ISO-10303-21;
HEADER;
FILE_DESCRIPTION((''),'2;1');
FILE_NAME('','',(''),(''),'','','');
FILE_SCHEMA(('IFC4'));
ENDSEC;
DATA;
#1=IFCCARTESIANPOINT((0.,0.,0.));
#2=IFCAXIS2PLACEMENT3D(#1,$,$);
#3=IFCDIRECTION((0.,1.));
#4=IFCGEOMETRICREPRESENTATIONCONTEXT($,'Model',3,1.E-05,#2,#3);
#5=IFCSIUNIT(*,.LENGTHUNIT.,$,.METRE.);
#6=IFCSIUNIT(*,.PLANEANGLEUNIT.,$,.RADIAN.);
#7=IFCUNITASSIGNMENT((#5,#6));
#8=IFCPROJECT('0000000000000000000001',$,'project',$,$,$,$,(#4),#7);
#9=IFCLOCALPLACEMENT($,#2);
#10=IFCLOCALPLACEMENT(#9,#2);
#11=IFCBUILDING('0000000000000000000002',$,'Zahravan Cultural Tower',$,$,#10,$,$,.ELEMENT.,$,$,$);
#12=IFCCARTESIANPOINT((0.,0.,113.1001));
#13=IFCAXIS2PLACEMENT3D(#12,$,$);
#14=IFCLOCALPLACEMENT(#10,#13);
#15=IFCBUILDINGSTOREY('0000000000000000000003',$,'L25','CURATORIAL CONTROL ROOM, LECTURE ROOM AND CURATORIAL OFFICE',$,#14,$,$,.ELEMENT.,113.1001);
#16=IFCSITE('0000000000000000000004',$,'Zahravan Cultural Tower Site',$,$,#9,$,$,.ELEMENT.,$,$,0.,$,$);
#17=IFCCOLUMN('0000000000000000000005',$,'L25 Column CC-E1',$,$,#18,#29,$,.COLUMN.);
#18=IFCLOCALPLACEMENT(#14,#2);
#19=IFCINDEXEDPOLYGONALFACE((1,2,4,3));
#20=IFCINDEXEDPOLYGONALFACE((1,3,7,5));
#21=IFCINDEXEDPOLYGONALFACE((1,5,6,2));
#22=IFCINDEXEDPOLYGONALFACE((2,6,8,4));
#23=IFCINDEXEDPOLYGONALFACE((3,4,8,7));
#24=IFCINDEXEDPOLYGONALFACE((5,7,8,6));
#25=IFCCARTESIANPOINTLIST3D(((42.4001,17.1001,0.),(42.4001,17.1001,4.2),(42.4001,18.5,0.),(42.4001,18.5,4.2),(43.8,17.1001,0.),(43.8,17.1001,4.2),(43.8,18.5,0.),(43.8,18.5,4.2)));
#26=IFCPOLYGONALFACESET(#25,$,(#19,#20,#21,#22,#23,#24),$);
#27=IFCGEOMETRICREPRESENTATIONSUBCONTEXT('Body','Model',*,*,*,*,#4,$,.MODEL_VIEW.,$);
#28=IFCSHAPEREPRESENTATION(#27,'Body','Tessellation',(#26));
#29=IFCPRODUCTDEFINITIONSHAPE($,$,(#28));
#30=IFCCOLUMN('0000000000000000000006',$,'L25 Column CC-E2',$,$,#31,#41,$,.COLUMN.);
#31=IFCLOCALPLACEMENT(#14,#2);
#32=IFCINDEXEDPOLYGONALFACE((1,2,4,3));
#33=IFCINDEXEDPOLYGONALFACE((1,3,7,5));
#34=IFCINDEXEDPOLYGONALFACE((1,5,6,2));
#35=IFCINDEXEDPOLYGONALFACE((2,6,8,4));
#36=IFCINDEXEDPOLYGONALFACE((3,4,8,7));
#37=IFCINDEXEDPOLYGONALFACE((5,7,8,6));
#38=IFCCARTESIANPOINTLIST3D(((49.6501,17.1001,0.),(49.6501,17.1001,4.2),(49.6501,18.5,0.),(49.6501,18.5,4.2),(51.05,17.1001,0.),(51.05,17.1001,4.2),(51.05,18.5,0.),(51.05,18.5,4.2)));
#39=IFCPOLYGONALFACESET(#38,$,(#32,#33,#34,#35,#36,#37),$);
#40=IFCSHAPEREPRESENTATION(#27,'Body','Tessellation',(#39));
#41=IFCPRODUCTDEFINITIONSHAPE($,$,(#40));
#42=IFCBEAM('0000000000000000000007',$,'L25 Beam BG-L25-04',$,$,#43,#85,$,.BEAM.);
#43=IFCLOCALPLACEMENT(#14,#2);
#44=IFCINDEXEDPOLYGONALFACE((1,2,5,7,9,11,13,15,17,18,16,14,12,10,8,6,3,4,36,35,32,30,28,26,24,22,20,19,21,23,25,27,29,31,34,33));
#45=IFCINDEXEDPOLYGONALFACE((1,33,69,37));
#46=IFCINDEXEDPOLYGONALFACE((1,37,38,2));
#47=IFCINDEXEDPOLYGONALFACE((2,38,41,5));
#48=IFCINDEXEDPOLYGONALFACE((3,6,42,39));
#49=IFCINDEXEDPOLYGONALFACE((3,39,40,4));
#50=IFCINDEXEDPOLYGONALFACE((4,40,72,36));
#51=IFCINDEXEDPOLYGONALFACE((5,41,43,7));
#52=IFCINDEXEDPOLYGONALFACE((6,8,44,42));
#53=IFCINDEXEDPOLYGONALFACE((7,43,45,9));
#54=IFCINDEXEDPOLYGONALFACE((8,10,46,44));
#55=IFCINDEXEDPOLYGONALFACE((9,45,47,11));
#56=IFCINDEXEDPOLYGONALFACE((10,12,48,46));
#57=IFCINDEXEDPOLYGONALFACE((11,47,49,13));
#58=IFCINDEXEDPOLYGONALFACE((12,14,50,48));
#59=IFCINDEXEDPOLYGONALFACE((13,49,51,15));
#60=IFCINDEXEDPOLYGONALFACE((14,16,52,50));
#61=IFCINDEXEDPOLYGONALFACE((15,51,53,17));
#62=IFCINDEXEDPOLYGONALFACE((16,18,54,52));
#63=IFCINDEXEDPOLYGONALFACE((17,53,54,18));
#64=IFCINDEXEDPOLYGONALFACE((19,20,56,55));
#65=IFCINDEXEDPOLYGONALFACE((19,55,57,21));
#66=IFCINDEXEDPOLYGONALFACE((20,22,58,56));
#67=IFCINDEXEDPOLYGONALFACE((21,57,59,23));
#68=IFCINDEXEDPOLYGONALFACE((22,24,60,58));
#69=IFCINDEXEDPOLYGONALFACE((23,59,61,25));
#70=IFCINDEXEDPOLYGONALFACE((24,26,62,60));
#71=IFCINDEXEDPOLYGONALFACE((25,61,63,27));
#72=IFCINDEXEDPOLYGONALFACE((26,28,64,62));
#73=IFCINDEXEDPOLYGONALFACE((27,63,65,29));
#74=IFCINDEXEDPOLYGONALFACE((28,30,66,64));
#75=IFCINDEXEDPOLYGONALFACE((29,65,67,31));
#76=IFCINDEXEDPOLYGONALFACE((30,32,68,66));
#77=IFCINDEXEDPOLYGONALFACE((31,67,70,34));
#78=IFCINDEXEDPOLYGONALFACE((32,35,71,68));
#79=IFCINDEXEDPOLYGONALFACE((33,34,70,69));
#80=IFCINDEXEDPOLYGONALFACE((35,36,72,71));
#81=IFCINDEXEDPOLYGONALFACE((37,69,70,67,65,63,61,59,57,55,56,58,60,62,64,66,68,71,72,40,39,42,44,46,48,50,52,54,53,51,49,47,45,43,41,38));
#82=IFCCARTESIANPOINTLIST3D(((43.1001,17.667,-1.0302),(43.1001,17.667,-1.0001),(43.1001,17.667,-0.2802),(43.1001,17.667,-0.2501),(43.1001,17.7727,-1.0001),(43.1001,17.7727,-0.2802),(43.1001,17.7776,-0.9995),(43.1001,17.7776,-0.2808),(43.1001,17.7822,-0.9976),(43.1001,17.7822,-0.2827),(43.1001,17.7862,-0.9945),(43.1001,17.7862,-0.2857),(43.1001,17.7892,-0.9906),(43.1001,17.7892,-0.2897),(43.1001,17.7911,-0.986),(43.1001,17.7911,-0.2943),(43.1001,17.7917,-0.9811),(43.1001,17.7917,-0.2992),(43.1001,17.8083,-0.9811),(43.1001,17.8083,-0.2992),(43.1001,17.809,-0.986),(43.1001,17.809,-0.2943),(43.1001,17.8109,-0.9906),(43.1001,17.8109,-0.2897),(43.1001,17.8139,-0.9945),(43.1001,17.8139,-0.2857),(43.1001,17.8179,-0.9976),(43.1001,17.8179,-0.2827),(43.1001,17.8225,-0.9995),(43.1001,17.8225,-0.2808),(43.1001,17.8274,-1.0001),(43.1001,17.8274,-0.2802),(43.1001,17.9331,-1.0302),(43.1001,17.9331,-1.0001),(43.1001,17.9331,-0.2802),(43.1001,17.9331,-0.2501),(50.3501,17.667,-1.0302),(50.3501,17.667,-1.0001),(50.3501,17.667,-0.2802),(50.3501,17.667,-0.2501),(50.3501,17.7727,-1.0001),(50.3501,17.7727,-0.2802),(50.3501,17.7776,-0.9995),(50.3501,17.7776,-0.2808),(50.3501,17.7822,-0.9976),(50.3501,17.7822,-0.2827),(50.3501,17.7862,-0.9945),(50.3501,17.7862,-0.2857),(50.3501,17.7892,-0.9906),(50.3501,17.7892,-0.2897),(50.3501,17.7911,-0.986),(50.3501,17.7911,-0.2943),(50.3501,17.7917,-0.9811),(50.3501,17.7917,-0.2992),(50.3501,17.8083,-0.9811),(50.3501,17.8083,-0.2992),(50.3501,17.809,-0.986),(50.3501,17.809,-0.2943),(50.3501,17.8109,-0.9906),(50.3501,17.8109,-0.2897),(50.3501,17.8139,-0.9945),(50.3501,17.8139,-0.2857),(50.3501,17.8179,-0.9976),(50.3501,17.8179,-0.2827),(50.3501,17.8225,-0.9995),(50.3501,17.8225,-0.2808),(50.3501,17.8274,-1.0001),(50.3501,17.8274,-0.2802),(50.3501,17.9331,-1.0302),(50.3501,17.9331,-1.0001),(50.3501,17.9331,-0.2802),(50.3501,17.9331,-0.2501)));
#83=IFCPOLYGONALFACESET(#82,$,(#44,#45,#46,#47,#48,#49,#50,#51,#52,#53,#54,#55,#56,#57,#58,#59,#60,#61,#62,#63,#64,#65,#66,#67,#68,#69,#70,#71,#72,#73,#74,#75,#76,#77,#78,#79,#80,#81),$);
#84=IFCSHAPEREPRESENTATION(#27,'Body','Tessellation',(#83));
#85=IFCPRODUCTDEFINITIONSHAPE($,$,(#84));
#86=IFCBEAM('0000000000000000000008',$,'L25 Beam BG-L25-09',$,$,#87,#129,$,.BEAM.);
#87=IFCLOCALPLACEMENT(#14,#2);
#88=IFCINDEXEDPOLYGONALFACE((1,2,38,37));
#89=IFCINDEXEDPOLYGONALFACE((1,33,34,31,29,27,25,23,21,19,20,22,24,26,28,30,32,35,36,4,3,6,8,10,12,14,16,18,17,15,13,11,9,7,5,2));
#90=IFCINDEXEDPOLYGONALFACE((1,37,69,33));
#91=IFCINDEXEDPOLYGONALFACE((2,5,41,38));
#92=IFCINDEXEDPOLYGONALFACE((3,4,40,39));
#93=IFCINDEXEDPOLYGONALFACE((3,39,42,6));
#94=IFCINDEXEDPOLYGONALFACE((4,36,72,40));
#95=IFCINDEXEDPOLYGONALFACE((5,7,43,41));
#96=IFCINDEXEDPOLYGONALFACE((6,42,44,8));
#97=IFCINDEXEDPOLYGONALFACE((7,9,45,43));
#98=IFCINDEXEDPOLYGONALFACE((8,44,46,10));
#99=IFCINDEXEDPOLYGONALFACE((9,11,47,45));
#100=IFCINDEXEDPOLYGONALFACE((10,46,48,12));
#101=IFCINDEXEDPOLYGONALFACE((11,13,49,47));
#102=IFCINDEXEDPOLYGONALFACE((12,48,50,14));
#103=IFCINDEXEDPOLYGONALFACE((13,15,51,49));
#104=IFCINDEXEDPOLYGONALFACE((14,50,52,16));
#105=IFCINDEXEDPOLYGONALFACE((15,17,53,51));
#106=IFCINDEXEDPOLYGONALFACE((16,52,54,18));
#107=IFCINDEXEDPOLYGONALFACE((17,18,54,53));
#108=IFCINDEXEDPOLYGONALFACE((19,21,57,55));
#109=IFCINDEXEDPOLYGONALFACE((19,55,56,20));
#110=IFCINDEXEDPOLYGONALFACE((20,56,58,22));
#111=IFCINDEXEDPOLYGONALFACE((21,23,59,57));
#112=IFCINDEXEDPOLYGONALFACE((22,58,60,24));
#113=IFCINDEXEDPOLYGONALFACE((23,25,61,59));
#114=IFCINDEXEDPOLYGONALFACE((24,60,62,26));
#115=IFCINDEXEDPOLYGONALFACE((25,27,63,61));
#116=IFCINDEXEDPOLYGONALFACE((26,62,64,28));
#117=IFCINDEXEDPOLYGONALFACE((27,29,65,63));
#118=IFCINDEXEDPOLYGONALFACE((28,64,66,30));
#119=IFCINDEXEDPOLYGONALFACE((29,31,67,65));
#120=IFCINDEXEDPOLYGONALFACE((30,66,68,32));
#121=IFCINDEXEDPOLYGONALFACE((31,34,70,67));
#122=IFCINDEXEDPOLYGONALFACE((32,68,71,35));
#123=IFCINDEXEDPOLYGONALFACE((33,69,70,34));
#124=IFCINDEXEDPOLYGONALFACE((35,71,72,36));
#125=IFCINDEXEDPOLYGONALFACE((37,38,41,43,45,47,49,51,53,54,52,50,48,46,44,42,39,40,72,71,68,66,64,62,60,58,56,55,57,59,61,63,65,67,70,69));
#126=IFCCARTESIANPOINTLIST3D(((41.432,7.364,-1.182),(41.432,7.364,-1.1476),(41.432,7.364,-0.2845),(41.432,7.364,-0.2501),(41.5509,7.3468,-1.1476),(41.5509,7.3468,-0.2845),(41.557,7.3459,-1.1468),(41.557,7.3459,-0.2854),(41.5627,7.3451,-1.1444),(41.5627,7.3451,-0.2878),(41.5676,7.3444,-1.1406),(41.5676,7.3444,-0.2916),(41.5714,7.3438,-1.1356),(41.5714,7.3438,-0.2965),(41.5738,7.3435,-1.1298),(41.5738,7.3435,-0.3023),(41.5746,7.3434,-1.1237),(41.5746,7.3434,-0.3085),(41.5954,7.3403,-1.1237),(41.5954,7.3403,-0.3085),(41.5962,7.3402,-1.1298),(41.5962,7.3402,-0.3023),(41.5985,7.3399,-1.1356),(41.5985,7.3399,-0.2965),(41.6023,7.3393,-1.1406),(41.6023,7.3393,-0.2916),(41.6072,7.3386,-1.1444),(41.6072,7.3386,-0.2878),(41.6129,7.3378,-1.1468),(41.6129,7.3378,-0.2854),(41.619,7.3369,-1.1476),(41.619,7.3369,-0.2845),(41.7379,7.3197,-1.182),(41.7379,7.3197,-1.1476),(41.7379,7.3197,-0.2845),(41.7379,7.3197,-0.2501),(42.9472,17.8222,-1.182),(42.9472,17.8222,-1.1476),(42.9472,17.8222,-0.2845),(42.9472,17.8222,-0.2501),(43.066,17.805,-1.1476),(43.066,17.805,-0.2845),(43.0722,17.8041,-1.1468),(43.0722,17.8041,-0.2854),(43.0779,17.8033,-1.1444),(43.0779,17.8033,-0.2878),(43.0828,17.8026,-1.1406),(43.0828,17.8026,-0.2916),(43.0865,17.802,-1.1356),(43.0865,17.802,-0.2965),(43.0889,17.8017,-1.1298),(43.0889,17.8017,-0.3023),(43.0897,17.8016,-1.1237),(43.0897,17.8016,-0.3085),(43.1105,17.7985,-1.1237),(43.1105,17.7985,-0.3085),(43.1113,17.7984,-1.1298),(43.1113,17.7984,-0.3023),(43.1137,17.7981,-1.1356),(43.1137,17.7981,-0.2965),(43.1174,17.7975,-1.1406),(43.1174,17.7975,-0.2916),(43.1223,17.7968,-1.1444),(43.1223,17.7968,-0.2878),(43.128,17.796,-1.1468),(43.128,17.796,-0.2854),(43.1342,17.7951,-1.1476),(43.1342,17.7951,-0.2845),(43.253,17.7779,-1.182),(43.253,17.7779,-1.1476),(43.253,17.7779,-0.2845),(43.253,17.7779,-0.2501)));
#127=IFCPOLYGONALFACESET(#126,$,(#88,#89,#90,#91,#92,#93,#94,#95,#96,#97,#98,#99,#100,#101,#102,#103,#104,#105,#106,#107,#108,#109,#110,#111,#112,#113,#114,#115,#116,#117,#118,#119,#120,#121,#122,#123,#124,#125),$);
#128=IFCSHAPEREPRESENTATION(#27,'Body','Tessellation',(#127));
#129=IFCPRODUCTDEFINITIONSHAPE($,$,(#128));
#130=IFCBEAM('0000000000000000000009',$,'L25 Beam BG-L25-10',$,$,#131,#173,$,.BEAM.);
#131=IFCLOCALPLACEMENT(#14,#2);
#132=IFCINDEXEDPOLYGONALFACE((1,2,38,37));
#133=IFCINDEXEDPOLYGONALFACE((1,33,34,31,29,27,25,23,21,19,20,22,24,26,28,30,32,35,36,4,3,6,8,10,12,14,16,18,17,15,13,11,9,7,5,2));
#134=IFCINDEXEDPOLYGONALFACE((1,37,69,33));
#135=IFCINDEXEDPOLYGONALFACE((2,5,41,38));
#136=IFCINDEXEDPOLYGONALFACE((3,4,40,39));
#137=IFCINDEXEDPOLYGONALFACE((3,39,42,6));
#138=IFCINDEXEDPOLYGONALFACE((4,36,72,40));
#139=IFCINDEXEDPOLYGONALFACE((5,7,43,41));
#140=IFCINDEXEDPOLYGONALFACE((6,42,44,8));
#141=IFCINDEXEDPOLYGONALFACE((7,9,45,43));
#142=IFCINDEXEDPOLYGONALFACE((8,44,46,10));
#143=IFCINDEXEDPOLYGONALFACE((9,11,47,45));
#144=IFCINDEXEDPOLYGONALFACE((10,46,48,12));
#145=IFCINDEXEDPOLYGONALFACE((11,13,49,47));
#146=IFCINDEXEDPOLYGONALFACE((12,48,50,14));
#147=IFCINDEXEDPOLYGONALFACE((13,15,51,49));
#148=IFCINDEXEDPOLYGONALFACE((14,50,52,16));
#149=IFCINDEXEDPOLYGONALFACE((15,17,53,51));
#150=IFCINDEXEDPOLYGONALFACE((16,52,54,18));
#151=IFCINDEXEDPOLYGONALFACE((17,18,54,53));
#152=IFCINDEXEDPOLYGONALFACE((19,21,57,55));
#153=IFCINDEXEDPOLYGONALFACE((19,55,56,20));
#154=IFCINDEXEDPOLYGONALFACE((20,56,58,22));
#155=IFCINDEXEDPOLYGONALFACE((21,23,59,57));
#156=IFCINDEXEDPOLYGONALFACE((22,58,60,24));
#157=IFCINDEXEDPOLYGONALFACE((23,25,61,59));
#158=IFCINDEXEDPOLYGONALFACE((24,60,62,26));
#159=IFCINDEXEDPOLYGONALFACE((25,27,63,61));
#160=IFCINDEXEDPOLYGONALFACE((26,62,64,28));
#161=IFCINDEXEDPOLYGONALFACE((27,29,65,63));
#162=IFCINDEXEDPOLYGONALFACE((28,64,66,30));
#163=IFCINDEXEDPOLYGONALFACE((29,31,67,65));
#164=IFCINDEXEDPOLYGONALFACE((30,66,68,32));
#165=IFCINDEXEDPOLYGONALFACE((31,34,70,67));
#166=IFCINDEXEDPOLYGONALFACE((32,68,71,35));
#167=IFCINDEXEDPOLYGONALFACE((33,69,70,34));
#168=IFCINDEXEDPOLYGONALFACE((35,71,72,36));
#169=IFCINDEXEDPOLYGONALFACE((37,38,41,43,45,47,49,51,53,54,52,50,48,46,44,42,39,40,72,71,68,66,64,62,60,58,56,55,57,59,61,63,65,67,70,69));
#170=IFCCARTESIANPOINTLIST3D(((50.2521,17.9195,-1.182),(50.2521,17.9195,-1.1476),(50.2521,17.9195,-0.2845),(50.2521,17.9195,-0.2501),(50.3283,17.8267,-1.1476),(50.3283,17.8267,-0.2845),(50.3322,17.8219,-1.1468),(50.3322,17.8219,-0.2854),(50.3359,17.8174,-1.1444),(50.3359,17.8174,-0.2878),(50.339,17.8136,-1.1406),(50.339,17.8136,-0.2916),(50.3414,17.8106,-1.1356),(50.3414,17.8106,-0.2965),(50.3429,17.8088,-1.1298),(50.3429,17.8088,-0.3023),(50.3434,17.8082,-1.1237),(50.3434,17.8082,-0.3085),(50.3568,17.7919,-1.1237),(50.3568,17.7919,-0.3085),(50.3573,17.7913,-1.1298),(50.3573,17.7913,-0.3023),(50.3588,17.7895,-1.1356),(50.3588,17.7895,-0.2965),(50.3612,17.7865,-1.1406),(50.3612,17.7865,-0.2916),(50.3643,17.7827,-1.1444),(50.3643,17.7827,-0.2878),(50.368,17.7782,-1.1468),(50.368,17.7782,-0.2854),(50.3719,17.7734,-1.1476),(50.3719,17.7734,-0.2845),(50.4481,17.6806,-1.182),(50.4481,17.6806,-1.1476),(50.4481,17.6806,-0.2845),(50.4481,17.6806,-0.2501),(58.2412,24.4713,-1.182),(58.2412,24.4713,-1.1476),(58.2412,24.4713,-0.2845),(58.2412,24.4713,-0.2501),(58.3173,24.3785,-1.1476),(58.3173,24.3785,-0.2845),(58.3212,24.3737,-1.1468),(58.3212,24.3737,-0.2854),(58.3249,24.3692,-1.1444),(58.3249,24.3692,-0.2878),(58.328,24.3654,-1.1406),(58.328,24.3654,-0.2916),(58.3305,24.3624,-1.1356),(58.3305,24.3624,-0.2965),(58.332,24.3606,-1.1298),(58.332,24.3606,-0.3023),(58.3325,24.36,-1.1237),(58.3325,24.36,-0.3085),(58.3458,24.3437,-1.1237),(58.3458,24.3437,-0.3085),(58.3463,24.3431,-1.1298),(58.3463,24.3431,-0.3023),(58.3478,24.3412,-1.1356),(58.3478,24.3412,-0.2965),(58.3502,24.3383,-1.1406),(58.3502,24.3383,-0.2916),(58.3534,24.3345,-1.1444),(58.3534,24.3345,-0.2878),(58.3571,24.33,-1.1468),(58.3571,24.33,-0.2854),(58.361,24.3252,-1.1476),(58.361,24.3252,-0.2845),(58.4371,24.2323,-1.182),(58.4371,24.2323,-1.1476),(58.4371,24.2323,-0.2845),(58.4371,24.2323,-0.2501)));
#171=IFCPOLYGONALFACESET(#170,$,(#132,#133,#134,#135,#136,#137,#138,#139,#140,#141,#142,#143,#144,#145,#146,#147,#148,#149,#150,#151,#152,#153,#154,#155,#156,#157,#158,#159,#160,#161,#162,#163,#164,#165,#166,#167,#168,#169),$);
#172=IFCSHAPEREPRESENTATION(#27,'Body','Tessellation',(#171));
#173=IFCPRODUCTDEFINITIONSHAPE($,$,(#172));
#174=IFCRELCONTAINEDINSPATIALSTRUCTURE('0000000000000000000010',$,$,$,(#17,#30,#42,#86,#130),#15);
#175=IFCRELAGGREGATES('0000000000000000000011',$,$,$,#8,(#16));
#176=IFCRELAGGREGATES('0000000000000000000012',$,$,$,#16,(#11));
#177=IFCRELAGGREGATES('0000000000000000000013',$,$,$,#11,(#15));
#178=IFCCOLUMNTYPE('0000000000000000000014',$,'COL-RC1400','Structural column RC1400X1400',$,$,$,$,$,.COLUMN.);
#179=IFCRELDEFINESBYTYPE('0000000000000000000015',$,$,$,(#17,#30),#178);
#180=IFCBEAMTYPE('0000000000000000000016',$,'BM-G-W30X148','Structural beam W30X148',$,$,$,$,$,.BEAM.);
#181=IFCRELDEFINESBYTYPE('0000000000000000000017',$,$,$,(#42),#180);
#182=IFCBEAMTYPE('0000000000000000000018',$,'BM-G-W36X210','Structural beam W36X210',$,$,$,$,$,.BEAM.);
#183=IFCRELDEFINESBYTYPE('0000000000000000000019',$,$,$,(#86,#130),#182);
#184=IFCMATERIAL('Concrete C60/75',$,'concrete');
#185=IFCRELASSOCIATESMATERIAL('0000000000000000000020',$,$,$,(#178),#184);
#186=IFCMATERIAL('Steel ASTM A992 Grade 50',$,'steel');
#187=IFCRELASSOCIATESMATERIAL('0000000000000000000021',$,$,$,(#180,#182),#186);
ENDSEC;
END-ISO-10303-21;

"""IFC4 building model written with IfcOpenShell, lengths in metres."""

from ifc_helpers import new_model, si_unit, direction, frame, origin, origin_2d, place, context, subcontext, project, spatial, rectangle, i_section, extrude, source, transform, mapped, material, material_profile, profile_set, type_object, element, save


model = new_model("IFC4")

# Units and contexts
model_context = context("Model", 3, precision=1e-05, world=origin(), true_north=direction((0.0, 1.0)))
body_context = subcontext(model_context, "Body", "Model", "MODEL_VIEW")
ifc_project = project(units=[si_unit("LENGTHUNIT", "METRE"), si_unit("PLANEANGLEUNIT", "RADIAN")], contexts=[model_context])

# Site, building, storey
site_placement = place(None, origin())
site = spatial("IfcSite", under=ifc_project, at=site_placement, Name="Zahravan Cultural Tower Site", CompositionType="ELEMENT", RefElevation=0.0)
building_placement = place(site_placement, origin())
building = spatial("IfcBuilding", under=site, at=building_placement, Name="Zahravan Cultural Tower", CompositionType="ELEMENT")
storey_placement = place(building_placement, frame((0.0, 0.0, 113.1001)))
storey = spatial("IfcBuildingStorey", under=building, at=storey_placement, Name="L25", Description="CURATORIAL CONTROL ROOM, LECTURE ROOM AND CURATORIAL OFFICE", CompositionType="ELEMENT", Elevation=113.1001)

# Columns
ifc_material_1 = material(Name="Concrete C60/75", Category="concrete")
ifc_material_profile_1 = material_profile(ifc_material_1, rectangle(XDim=1.3999, YDim=1.3999, at=origin_2d()), Name="RC1400X1400")
ifc_profile_set_1 = profile_set([ifc_material_profile_1], Name="Concrete C60/75")
column_type = type_object("IfcColumnType", Name="COL-RC1400", Description="Structural column RC1400X1400", PredefinedType="COLUMN", material=ifc_profile_set_1)
shared_shape_1 = source(origin(), body_context, "Body", "SweptSolid", [
    extrude(rectangle(XDim=1.3999, YDim=1.3999, at=origin_2d()), origin(), (0.0, 0.0, 1.0), 4.2),
])
for number, where, z_axis, x_axis, name in (
    (1, (43.1001, 17.8, 0.0), (0.0, 0.0, 1.0), (1.0, 0.0, 0.0), "L25 Column CC-E1"),
    (2, (50.3501, 17.8, 0.0), (0.0, 0.0, 1.0), (1.0, 0.0, 0.0), "L25 Column CC-E2"),
):
    element("IfcColumn", number, at=place(storey_placement, frame(where, z_axis=z_axis, x_axis=x_axis)), inside=storey, type_object=column_type, Name=name, PredefinedType="COLUMN", context=body_context, shape_type="MappedRepresentation", body=[
        mapped(shared_shape_1, transform((0.0, 0.0, 0.0), x_axis=(1.0, 0.0, 0.0), y_axis=(0.0, 1.0, 0.0), z_axis=(0.0, 0.0, 1.0), scale=1.0)),
    ])

# Beams
ifc_material_2 = material(Name="Steel ASTM A992 Grade 50", Category="steel")
ifc_material_profile_2 = material_profile(ifc_material_2, i_section(OverallWidth=0.2661, OverallDepth=0.78, WebThickness=0.0166, FlangeThickness=0.03, FilletRadius=0.019, at=origin_2d()), Name="W30X148")
ifc_profile_set_2 = profile_set([ifc_material_profile_2], Name="Steel ASTM A992 Grade 50")
beam_type_1 = type_object("IfcBeamType", Name="BM-G-W30X148", Description="Structural beam W30X148", PredefinedType="BEAM", material=ifc_profile_set_2)
shared_shape_2 = source(origin(), body_context, "Body", "SweptSolid", [
    extrude(i_section(OverallWidth=0.2661, OverallDepth=0.78, WebThickness=0.0166, FlangeThickness=0.03, FilletRadius=0.019, at=origin_2d()), origin(), (0.0, 0.0, 1.0), 7.25),
])
beam_1_placement = place(storey_placement, frame((43.1001, 17.8, -0.6401), z_axis=(1.0, 0.0, 0.0), x_axis=(0.0, 1.0, 0.0)))
element("IfcBeam", 3, at=beam_1_placement, inside=storey, type_object=beam_type_1, Name="L25 Beam BG-L25-04", PredefinedType="BEAM", context=body_context, shape_type="MappedRepresentation", body=[
    mapped(shared_shape_2, transform((0.0, 0.0, 0.0), x_axis=(1.0, 0.0, 0.0), y_axis=(0.0, 1.0, 0.0), z_axis=(0.0, 0.0, 1.0), scale=1.0)),
])
ifc_material_profile_3 = material_profile(ifc_material_2, i_section(OverallWidth=0.3091, OverallDepth=0.9319, WebThickness=0.021, FlangeThickness=0.0344, FilletRadius=0.0239, at=origin_2d()), Name="W36X210")
ifc_profile_set_3 = profile_set([ifc_material_profile_3], Name="Steel ASTM A992 Grade 50")
beam_type_2 = type_object("IfcBeamType", Name="BM-G-W36X210", Description="Structural beam W36X210", PredefinedType="BEAM", material=ifc_profile_set_3)
shared_shape_3 = source(origin(), body_context, "Body", "SweptSolid", [
    extrude(i_section(OverallWidth=0.3091, OverallDepth=0.9319, WebThickness=0.021, FlangeThickness=0.0344, FilletRadius=0.0239, at=origin_2d()), origin(), (0.0, 0.0, 1.0), 10.5674),
])
beam_2_placement = place(storey_placement, frame((43.1001, 17.8, -0.7161), z_axis=(-0.143378, -0.989668, 0.0), x_axis=(0.989668, -0.143378, 0.0)))
element("IfcBeam", 4, at=beam_2_placement, inside=storey, type_object=beam_type_2, Name="L25 Beam BG-L25-09", PredefinedType="BEAM", context=body_context, shape_type="MappedRepresentation", body=[
    mapped(shared_shape_3, transform((0.0, 0.0, 0.0), x_axis=(1.0, 0.0, 0.0), y_axis=(0.0, 1.0, 0.0), z_axis=(0.0, 0.0, 1.0), scale=1.0)),
])
shared_shape_4 = source(origin(), body_context, "Body", "SweptSolid", [
    extrude(i_section(OverallWidth=0.3091, OverallDepth=0.9319, WebThickness=0.021, FlangeThickness=0.0344, FilletRadius=0.0239, at=origin_2d()), origin(), (0.0, 0.0, 1.0), 10.332),
])
beam_3_placement = place(storey_placement, frame((50.3501, 17.8, -0.7161), z_axis=(0.773231, 0.634124, 0.0), x_axis=(-0.634124, 0.773231, 0.0)))
element("IfcBeam", 5, at=beam_3_placement, inside=storey, type_object=beam_type_2, Name="L25 Beam BG-L25-10", PredefinedType="BEAM", context=body_context, shape_type="MappedRepresentation", body=[
    mapped(shared_shape_4, transform((0.0, 0.0, 0.0), x_axis=(1.0, 0.0, 0.0), y_axis=(0.0, 1.0, 0.0), z_axis=(0.0, 0.0, 1.0), scale=1.0)),
])

save(model, "model.ifc")
